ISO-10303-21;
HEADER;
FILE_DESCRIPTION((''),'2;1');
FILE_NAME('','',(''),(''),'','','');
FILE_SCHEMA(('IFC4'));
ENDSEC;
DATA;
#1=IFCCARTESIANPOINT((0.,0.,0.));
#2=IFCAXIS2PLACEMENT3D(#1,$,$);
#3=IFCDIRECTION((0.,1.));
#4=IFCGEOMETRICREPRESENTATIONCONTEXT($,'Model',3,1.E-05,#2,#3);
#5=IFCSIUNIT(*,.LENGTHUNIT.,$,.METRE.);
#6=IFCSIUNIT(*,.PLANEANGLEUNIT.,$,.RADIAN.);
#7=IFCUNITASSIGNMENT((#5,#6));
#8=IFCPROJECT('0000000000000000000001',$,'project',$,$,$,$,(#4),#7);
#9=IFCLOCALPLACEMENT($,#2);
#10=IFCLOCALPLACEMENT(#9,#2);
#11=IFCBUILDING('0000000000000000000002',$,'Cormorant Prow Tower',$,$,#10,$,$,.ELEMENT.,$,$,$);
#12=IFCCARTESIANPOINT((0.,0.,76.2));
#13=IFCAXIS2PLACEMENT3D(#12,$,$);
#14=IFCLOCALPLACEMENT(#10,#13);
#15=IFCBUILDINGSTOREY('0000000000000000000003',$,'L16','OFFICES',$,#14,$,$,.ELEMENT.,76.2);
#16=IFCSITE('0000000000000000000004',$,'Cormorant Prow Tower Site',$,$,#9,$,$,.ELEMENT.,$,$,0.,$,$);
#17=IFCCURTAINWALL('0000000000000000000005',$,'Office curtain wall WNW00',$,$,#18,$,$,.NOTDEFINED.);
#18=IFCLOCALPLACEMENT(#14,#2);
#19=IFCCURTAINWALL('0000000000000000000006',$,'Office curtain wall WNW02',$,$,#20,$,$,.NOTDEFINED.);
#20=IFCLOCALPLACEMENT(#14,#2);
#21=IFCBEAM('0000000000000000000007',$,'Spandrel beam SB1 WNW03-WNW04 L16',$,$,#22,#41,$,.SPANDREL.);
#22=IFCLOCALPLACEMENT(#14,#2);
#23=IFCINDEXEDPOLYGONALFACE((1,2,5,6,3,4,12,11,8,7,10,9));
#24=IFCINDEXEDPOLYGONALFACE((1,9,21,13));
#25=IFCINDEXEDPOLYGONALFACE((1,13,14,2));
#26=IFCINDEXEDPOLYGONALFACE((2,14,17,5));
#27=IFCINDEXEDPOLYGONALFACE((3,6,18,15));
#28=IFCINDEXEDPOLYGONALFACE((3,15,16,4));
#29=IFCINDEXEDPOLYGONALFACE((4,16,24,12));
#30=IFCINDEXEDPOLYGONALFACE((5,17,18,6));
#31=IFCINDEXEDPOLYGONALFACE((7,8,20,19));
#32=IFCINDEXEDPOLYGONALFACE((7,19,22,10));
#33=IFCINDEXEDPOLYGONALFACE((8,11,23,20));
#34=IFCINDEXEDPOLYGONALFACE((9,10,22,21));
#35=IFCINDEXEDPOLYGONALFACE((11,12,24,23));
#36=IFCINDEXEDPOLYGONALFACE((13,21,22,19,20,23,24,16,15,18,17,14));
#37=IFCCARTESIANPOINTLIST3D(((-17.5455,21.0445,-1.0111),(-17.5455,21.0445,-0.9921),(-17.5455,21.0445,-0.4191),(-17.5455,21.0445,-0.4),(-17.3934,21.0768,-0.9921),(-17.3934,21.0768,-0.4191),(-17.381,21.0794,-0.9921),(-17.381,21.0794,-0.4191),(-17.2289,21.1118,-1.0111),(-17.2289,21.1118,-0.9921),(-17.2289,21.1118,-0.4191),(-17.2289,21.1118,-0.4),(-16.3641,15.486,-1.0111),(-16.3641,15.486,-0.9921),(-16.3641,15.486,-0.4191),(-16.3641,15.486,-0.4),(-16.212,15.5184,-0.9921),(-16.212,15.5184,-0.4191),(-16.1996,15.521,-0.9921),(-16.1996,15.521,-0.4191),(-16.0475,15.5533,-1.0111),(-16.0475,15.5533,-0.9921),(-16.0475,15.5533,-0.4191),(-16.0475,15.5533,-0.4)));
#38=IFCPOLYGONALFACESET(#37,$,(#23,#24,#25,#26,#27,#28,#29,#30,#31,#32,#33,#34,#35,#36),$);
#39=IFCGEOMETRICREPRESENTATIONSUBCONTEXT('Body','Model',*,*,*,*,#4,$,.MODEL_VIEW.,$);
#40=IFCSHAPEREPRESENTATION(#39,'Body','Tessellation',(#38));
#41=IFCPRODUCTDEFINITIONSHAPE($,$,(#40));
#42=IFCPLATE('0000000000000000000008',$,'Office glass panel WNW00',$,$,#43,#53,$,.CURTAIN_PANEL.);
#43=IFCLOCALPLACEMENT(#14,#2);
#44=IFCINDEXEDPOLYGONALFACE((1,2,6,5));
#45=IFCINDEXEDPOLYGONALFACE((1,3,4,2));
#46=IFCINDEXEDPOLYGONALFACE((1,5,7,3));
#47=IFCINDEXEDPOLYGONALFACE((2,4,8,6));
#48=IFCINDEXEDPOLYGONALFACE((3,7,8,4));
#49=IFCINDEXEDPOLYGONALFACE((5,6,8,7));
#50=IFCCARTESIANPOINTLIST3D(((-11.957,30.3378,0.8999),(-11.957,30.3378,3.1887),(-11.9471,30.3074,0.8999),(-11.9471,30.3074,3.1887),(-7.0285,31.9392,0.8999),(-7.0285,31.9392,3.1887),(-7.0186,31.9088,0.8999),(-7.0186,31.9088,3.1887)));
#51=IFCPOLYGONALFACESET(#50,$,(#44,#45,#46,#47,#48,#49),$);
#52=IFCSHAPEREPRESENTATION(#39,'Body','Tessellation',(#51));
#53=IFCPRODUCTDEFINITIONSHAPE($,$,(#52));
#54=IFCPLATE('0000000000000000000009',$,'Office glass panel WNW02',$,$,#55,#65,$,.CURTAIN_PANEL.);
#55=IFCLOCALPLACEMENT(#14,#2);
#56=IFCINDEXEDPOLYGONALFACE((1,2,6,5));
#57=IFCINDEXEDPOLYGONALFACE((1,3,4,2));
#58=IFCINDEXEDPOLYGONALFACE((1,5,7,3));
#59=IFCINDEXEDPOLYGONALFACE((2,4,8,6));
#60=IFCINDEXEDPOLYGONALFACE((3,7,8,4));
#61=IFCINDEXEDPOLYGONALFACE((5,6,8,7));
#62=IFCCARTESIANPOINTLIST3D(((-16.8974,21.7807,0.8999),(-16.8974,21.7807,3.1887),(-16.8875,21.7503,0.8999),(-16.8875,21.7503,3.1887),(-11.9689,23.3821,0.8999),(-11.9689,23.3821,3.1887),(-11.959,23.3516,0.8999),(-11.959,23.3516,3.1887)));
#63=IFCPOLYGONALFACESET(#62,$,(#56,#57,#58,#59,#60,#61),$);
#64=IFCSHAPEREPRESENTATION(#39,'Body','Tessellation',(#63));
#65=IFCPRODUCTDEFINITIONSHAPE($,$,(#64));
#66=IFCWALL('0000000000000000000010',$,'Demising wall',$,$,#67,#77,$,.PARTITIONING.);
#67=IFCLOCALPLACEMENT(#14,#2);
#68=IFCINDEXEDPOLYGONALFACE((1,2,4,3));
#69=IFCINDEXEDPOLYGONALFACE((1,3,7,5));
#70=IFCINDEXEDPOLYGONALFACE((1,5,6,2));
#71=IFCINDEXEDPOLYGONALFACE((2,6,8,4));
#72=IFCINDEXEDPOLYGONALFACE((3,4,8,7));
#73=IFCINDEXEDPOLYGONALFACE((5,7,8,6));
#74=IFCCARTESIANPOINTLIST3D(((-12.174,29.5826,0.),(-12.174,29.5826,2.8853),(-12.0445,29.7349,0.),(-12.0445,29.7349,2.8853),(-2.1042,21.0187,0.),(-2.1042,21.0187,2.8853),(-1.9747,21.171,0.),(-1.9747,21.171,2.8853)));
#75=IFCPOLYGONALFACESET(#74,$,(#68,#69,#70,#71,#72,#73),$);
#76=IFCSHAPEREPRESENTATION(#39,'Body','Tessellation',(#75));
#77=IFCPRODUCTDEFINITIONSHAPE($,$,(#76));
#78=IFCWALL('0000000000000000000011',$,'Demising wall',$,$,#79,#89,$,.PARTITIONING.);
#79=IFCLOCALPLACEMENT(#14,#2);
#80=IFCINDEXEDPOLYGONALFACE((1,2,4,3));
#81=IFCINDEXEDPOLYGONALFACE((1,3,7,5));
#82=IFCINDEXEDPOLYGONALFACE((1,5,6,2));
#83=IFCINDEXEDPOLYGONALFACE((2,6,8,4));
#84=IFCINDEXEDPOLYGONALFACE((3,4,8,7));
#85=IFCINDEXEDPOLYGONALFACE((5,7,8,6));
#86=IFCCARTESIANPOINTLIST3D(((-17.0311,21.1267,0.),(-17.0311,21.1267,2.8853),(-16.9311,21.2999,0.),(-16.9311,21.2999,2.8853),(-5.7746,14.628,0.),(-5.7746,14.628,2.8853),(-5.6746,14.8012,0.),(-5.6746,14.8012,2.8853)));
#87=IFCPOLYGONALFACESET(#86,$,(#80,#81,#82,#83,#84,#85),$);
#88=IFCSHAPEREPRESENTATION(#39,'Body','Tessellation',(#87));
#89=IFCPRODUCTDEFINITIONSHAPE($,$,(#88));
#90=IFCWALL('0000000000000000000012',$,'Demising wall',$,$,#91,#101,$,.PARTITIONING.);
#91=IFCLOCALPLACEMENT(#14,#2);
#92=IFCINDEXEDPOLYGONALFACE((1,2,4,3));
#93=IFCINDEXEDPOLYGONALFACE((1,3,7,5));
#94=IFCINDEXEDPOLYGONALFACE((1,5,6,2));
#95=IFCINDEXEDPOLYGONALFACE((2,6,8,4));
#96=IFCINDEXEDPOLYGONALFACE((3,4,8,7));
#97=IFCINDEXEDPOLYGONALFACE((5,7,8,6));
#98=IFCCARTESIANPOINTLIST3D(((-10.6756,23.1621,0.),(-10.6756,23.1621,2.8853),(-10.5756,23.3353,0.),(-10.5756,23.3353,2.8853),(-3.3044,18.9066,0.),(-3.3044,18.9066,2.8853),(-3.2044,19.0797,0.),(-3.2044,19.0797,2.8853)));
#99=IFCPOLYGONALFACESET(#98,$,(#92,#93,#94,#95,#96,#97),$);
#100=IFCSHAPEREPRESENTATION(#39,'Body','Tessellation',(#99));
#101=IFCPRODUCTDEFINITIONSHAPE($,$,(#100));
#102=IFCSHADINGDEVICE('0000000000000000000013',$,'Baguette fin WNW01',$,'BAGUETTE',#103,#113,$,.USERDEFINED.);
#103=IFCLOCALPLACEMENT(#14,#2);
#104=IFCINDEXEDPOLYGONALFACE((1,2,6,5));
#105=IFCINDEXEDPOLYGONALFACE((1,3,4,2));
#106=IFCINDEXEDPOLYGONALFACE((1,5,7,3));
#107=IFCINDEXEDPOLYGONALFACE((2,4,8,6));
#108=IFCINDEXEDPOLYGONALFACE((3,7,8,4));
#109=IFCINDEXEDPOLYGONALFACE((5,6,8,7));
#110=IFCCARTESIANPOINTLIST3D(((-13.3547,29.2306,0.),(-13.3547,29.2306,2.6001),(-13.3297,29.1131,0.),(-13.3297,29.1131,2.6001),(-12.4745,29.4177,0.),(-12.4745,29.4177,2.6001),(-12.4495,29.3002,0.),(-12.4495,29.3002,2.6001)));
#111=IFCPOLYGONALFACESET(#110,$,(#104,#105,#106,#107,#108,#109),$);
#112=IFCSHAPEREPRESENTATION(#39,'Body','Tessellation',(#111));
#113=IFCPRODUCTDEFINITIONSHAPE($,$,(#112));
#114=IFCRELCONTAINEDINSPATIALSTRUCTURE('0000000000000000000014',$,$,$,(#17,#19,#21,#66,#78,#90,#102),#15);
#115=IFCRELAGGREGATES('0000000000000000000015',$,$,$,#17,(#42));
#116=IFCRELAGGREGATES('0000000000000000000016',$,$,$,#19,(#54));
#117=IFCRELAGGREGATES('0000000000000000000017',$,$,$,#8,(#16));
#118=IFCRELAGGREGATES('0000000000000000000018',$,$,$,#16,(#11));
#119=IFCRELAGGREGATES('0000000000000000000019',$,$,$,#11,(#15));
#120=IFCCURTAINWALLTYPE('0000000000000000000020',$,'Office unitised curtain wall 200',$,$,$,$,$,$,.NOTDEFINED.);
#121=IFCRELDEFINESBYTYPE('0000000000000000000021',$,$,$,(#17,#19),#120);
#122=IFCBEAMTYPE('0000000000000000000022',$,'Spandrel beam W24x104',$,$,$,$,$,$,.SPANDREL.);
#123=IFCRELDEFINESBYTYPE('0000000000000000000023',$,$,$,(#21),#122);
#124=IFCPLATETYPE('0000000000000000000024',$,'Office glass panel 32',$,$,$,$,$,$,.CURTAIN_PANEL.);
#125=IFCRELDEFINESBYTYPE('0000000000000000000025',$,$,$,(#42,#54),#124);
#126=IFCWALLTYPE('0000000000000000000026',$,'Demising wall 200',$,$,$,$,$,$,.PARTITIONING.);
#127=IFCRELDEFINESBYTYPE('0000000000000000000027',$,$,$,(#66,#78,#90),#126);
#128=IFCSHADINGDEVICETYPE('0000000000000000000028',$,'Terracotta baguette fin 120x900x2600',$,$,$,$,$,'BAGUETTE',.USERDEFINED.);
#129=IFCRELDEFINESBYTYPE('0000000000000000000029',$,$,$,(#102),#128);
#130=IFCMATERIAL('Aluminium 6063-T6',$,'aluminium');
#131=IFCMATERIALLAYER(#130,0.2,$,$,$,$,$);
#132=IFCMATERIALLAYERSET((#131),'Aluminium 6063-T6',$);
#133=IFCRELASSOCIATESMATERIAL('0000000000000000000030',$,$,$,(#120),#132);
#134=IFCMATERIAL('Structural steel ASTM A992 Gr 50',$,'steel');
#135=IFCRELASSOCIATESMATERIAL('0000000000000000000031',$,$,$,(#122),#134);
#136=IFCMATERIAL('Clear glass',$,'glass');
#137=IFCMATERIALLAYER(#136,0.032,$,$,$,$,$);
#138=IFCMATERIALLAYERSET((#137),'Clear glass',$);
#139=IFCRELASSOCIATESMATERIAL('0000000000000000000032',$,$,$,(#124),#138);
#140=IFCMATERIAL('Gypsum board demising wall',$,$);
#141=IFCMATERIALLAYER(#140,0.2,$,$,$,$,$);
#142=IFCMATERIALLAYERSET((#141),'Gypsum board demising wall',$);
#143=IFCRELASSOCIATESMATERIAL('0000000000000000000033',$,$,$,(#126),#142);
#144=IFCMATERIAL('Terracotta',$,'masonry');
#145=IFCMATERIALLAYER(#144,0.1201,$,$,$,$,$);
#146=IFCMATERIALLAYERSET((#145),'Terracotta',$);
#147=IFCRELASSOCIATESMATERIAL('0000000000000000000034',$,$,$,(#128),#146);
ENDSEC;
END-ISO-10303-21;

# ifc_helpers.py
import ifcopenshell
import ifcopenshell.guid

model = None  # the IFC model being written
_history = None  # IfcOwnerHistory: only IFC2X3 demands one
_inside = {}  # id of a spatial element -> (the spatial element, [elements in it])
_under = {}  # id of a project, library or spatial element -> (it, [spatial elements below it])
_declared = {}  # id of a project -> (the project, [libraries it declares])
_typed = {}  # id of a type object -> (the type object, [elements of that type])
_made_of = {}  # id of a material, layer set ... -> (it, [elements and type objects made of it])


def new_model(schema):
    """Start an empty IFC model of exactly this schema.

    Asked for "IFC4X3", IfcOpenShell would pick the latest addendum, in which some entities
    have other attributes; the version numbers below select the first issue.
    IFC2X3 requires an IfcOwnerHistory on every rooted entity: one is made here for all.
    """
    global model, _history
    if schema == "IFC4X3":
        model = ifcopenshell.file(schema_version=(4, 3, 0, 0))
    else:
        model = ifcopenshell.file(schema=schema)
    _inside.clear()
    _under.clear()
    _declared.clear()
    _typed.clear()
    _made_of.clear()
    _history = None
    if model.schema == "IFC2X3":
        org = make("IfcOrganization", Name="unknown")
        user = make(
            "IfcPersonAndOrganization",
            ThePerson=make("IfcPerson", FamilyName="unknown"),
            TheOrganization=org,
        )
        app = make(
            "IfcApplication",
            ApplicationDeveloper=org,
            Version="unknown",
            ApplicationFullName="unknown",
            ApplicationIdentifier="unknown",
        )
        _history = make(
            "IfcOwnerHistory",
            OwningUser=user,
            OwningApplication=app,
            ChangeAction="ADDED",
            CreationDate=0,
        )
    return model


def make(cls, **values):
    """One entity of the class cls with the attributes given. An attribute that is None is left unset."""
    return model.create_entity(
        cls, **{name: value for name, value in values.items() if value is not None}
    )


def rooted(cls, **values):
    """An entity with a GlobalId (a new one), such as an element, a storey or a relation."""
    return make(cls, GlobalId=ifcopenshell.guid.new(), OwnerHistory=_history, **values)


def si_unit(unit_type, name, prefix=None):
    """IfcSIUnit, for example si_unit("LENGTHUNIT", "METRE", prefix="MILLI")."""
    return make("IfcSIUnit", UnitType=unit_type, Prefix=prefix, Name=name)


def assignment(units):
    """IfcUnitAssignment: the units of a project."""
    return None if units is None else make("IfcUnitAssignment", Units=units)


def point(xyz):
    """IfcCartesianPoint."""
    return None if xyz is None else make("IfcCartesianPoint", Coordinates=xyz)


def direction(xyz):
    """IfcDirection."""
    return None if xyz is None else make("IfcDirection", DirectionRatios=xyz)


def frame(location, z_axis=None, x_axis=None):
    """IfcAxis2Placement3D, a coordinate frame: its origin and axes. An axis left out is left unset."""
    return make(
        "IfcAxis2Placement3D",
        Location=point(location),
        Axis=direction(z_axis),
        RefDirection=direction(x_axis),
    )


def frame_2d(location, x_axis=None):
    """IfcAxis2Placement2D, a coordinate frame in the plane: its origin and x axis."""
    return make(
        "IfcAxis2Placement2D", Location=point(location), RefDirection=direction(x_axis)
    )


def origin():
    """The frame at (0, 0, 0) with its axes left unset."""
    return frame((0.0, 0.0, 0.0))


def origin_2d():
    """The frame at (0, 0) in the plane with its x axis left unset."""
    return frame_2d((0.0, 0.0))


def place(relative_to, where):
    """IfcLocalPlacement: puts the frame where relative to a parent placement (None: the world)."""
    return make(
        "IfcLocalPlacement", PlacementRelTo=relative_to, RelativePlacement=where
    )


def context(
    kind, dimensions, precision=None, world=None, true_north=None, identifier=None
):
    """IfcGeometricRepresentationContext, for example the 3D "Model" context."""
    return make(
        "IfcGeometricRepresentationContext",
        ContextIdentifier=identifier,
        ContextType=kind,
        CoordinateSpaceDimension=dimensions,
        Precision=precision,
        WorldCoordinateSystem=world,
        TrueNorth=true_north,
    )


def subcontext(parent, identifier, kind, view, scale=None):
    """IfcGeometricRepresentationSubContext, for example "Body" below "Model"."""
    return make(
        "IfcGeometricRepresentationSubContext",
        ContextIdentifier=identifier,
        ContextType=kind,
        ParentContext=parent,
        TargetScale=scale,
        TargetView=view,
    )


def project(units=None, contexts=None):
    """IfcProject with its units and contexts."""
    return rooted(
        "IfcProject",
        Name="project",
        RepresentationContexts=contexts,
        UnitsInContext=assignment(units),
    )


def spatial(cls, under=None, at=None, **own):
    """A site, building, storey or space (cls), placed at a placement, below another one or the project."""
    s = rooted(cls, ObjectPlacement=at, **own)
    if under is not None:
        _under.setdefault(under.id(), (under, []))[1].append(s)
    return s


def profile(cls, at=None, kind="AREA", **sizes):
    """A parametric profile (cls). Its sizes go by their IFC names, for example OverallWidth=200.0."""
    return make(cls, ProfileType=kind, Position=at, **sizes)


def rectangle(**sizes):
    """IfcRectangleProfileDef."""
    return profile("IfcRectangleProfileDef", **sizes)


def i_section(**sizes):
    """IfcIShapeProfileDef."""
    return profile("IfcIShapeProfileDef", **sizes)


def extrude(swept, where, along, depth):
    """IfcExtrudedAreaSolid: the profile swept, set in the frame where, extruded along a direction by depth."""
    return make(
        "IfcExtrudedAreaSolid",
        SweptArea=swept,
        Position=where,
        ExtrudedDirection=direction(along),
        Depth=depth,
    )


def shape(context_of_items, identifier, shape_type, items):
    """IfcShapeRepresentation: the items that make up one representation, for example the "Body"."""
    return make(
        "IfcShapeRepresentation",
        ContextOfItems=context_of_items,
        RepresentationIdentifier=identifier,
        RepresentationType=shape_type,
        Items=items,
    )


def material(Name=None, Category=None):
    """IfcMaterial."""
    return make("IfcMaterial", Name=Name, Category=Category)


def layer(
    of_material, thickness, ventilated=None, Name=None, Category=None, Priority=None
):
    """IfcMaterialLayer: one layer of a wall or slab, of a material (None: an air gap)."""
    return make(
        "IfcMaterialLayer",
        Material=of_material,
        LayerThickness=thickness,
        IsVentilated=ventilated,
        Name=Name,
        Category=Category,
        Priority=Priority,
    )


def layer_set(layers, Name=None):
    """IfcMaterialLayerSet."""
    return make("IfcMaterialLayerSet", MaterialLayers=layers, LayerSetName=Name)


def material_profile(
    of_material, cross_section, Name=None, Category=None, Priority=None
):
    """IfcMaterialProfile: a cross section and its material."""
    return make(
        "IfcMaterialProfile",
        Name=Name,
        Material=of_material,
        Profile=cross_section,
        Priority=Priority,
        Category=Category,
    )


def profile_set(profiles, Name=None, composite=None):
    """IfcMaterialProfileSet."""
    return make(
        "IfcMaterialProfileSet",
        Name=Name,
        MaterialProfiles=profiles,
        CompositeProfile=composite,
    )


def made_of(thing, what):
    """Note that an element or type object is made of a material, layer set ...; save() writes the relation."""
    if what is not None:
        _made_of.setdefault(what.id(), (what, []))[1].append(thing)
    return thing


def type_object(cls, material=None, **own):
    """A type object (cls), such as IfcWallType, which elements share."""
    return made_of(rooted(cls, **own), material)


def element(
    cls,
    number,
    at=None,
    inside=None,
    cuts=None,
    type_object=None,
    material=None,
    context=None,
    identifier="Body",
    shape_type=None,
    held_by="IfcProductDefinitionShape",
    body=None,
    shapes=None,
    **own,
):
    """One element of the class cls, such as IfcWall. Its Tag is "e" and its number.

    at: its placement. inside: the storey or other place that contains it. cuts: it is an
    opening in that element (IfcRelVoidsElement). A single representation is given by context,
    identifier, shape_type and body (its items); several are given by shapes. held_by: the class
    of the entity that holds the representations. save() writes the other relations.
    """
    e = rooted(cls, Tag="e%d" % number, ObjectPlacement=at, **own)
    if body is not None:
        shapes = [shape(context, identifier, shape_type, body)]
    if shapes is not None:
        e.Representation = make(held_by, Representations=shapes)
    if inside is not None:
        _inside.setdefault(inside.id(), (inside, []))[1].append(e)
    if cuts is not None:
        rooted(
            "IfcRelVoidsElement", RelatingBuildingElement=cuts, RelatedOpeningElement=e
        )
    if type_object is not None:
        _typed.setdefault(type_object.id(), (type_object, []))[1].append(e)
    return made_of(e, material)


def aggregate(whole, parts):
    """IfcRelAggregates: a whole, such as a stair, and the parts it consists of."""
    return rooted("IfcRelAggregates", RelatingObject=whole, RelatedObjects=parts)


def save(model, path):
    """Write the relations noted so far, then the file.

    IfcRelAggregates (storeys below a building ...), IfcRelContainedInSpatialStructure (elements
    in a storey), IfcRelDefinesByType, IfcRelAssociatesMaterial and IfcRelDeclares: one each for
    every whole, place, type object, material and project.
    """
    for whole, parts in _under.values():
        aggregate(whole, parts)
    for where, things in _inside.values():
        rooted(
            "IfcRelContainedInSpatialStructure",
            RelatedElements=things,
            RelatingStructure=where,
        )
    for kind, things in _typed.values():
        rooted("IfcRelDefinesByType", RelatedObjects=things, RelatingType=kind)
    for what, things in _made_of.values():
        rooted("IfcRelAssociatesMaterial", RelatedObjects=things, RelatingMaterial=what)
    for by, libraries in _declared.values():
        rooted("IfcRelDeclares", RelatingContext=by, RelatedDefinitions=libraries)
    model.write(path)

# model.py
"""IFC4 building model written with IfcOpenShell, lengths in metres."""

from ifc_helpers import new_model, si_unit, direction, frame, frame_2d, origin, origin_2d, place, context, subcontext, project, spatial, rectangle, i_section, extrude, material, layer, layer_set, material_profile, profile_set, type_object, element, aggregate, save


model = new_model("IFC4")

# Units and contexts
model_context = context("Model", 3, precision=1e-05, world=origin(), true_north=direction((0.0, 1.0)))
body_context = subcontext(model_context, "Body", "Model", "MODEL_VIEW")
ifc_project = project(units=[si_unit("LENGTHUNIT", "METRE"), si_unit("PLANEANGLEUNIT", "RADIAN")], contexts=[model_context])

# Site, building, storey
site_placement = place(None, origin())
site = spatial("IfcSite", under=ifc_project, at=site_placement, Name="Cormorant Prow Tower Site", CompositionType="ELEMENT", RefElevation=0.0)
building_placement = place(site_placement, origin())
building = spatial("IfcBuilding", under=site, at=building_placement, Name="Cormorant Prow Tower", CompositionType="ELEMENT")
storey_placement = place(building_placement, frame((0.0, 0.0, 76.2)))
storey = spatial("IfcBuildingStorey", under=building, at=storey_placement, Name="L16", Description="OFFICES", CompositionType="ELEMENT", Elevation=76.2)

# Curtain walls
ifc_material_1 = material(Name="Aluminium 6063-T6", Category="aluminium")
ifc_layer_1 = layer(ifc_material_1, 0.2)
ifc_layer_set_1 = layer_set([ifc_layer_1], Name="Aluminium 6063-T6")
curtain_wall_type = type_object("IfcCurtainWallType", Name="Office unitised curtain wall 200", PredefinedType="NOTDEFINED", material=ifc_layer_set_1)
curtain_wall_1_placement = place(storey_placement, origin())
curtain_wall_1 = element("IfcCurtainWall", 1, at=curtain_wall_1_placement, inside=storey, type_object=curtain_wall_type, Name="Office curtain wall WNW00", PredefinedType="NOTDEFINED")
curtain_wall_2_placement = place(storey_placement, origin())
curtain_wall_2 = element("IfcCurtainWall", 2, at=curtain_wall_2_placement, inside=storey, type_object=curtain_wall_type, Name="Office curtain wall WNW02", PredefinedType="NOTDEFINED")

# Beam
ifc_material_2 = material(Name="Structural steel ASTM A992 Gr 50", Category="steel")
ifc_material_profile_1 = material_profile(ifc_material_2, i_section(OverallWidth=0.3237, OverallDepth=0.6111, WebThickness=0.0127, FlangeThickness=0.019, at=origin_2d()), Name="W24x104")
ifc_profile_set_1 = profile_set([ifc_material_profile_1], Name="Structural steel ASTM A992 Gr 50")
beam_type = type_object("IfcBeamType", Name="Spandrel beam W24x104", PredefinedType="SPANDREL", material=ifc_profile_set_1)
beam_1_placement = place(storey_placement, frame((-17.3872, 21.0781, -0.7056), z_axis=(0.2079, -0.97815, 0.0), x_axis=(0.97815, 0.2079, 0.0)))
element("IfcBeam", 3, at=beam_1_placement, inside=storey, type_object=beam_type, Name="Spandrel beam SB1 WNW03-WNW04 L16", PredefinedType="SPANDREL", context=body_context, shape_type="SweptSolid", body=[
    extrude(i_section(OverallWidth=0.3237, OverallDepth=0.6111, WebThickness=0.0127, FlangeThickness=0.019, at=origin_2d()), origin(), (0.0, 0.0, 1.0), 5.6826),
])

# Plates
ifc_material_3 = material(Name="Clear glass", Category="glass")
ifc_layer_2 = layer(ifc_material_3, 0.032)
ifc_layer_set_2 = layer_set([ifc_layer_2], Name="Clear glass")
plate_type = type_object("IfcPlateType", Name="Office glass panel 32", PredefinedType="CURTAIN_PANEL", material=ifc_layer_set_2)
plate_1_placement = place(storey_placement, frame((-9.4878, 31.1233, 0.8999), z_axis=(0.0, 0.0, 1.0), x_axis=(-0.951057, -0.309017, 0.0)))
plate_1 = element("IfcPlate", 4, at=plate_1_placement, type_object=plate_type, Name="Office glass panel WNW00", PredefinedType="CURTAIN_PANEL", context=body_context, shape_type="SweptSolid", body=[
    extrude(rectangle(XDim=5.1821, YDim=0.032, at=origin_2d()), origin(), (0.0, 0.0, 1.0), 2.2888),
])
aggregate(curtain_wall_1, [plate_1])
plate_2_placement = place(storey_placement, frame((-14.4282, 22.5662, 0.8999), z_axis=(0.0, 0.0, 1.0), x_axis=(-0.951057, -0.309017, 0.0)))
plate_2 = element("IfcPlate", 5, at=plate_2_placement, type_object=plate_type, Name="Office glass panel WNW02", PredefinedType="CURTAIN_PANEL", context=body_context, shape_type="SweptSolid", body=[
    extrude(rectangle(XDim=5.1821, YDim=0.032, at=origin_2d()), origin(), (0.0, 0.0, 1.0), 2.2888),
])
aggregate(curtain_wall_2, [plate_2])

# Walls
ifc_material_4 = material(Name="Gypsum board demising wall")
ifc_layer_3 = layer(ifc_material_4, 0.2)
ifc_layer_set_3 = layer_set([ifc_layer_3], Name="Gypsum board demising wall")
wall_type_1 = type_object("IfcWallType", Name="Demising wall 200", PredefinedType="PARTITIONING", material=ifc_layer_set_3)
wall_1_placement = place(storey_placement, frame((-12.1091, 29.6587, 0.0), z_axis=(0.0, 0.0, 1.0), x_axis=(0.761767, -0.647851, 0.0)))
element("IfcWall", 6, at=wall_1_placement, inside=storey, type_object=wall_type_1, Name="Demising wall", PredefinedType="PARTITIONING", context=body_context, shape_type="SweptSolid", body=[
    extrude(rectangle(XDim=13.219, YDim=0.2, at=frame_2d((6.6094, 0.0))), origin(), (0.0, 0.0, 1.0), 2.8853),
])
wall_2_placement = place(storey_placement, frame((-16.9812, 21.2134, 0.0), z_axis=(0.0, 0.0, 1.0), x_axis=(0.866033, -0.499987, 0.0)))
element("IfcWall", 7, at=wall_2_placement, inside=storey, type_object=wall_type_1, Name="Demising wall", PredefinedType="PARTITIONING", context=body_context, shape_type="SweptSolid", body=[
    extrude(rectangle(XDim=12.9978, YDim=0.2, at=frame_2d((6.499, 0.0))), origin(), (0.0, 0.0, 1.0), 2.8853),
])
wall_3_placement = place(storey_placement, frame((-10.6257, 23.2488, 0.0), z_axis=(0.0, 0.0, 1.0), x_axis=(0.866037, -0.49998, 0.0)))
element("IfcWall", 8, at=wall_3_placement, inside=storey, type_object=wall_type_1, Name="Demising wall", PredefinedType="PARTITIONING", context=body_context, shape_type="SweptSolid", body=[
    extrude(rectangle(XDim=8.5115, YDim=0.2, at=frame_2d((4.2559, 0.0))), origin(), (0.0, 0.0, 1.0), 2.8853),
])

# Shading device
ifc_material_5 = material(Name="Terracotta", Category="masonry")
ifc_layer_4 = layer(ifc_material_5, 0.1201)
ifc_layer_set_4 = layer_set([ifc_layer_4], Name="Terracotta")
shading_device_type = type_object("IfcShadingDeviceType", Name="Terracotta baguette fin 120x900x2600", ElementType="BAGUETTE", PredefinedType="USERDEFINED", material=ifc_layer_set_4)
shading_device_placement = place(storey_placement, frame((-12.9021, 29.2654, 0.0), z_axis=(0.0, 0.0, 1.0), x_axis=(0.207912, -0.978148, 0.0)))
element("IfcShadingDevice", 9, at=shading_device_placement, inside=storey, type_object=shading_device_type, Name="Baguette fin WNW01", ObjectType="BAGUETTE", PredefinedType="USERDEFINED", context=body_context, shape_type="SweptSolid", body=[
    extrude(rectangle(XDim=0.1201, YDim=0.8999, at=origin_2d()), origin(), (0.0, 0.0, 1.0), 2.6001),
])

save(model, "model.ifc")
